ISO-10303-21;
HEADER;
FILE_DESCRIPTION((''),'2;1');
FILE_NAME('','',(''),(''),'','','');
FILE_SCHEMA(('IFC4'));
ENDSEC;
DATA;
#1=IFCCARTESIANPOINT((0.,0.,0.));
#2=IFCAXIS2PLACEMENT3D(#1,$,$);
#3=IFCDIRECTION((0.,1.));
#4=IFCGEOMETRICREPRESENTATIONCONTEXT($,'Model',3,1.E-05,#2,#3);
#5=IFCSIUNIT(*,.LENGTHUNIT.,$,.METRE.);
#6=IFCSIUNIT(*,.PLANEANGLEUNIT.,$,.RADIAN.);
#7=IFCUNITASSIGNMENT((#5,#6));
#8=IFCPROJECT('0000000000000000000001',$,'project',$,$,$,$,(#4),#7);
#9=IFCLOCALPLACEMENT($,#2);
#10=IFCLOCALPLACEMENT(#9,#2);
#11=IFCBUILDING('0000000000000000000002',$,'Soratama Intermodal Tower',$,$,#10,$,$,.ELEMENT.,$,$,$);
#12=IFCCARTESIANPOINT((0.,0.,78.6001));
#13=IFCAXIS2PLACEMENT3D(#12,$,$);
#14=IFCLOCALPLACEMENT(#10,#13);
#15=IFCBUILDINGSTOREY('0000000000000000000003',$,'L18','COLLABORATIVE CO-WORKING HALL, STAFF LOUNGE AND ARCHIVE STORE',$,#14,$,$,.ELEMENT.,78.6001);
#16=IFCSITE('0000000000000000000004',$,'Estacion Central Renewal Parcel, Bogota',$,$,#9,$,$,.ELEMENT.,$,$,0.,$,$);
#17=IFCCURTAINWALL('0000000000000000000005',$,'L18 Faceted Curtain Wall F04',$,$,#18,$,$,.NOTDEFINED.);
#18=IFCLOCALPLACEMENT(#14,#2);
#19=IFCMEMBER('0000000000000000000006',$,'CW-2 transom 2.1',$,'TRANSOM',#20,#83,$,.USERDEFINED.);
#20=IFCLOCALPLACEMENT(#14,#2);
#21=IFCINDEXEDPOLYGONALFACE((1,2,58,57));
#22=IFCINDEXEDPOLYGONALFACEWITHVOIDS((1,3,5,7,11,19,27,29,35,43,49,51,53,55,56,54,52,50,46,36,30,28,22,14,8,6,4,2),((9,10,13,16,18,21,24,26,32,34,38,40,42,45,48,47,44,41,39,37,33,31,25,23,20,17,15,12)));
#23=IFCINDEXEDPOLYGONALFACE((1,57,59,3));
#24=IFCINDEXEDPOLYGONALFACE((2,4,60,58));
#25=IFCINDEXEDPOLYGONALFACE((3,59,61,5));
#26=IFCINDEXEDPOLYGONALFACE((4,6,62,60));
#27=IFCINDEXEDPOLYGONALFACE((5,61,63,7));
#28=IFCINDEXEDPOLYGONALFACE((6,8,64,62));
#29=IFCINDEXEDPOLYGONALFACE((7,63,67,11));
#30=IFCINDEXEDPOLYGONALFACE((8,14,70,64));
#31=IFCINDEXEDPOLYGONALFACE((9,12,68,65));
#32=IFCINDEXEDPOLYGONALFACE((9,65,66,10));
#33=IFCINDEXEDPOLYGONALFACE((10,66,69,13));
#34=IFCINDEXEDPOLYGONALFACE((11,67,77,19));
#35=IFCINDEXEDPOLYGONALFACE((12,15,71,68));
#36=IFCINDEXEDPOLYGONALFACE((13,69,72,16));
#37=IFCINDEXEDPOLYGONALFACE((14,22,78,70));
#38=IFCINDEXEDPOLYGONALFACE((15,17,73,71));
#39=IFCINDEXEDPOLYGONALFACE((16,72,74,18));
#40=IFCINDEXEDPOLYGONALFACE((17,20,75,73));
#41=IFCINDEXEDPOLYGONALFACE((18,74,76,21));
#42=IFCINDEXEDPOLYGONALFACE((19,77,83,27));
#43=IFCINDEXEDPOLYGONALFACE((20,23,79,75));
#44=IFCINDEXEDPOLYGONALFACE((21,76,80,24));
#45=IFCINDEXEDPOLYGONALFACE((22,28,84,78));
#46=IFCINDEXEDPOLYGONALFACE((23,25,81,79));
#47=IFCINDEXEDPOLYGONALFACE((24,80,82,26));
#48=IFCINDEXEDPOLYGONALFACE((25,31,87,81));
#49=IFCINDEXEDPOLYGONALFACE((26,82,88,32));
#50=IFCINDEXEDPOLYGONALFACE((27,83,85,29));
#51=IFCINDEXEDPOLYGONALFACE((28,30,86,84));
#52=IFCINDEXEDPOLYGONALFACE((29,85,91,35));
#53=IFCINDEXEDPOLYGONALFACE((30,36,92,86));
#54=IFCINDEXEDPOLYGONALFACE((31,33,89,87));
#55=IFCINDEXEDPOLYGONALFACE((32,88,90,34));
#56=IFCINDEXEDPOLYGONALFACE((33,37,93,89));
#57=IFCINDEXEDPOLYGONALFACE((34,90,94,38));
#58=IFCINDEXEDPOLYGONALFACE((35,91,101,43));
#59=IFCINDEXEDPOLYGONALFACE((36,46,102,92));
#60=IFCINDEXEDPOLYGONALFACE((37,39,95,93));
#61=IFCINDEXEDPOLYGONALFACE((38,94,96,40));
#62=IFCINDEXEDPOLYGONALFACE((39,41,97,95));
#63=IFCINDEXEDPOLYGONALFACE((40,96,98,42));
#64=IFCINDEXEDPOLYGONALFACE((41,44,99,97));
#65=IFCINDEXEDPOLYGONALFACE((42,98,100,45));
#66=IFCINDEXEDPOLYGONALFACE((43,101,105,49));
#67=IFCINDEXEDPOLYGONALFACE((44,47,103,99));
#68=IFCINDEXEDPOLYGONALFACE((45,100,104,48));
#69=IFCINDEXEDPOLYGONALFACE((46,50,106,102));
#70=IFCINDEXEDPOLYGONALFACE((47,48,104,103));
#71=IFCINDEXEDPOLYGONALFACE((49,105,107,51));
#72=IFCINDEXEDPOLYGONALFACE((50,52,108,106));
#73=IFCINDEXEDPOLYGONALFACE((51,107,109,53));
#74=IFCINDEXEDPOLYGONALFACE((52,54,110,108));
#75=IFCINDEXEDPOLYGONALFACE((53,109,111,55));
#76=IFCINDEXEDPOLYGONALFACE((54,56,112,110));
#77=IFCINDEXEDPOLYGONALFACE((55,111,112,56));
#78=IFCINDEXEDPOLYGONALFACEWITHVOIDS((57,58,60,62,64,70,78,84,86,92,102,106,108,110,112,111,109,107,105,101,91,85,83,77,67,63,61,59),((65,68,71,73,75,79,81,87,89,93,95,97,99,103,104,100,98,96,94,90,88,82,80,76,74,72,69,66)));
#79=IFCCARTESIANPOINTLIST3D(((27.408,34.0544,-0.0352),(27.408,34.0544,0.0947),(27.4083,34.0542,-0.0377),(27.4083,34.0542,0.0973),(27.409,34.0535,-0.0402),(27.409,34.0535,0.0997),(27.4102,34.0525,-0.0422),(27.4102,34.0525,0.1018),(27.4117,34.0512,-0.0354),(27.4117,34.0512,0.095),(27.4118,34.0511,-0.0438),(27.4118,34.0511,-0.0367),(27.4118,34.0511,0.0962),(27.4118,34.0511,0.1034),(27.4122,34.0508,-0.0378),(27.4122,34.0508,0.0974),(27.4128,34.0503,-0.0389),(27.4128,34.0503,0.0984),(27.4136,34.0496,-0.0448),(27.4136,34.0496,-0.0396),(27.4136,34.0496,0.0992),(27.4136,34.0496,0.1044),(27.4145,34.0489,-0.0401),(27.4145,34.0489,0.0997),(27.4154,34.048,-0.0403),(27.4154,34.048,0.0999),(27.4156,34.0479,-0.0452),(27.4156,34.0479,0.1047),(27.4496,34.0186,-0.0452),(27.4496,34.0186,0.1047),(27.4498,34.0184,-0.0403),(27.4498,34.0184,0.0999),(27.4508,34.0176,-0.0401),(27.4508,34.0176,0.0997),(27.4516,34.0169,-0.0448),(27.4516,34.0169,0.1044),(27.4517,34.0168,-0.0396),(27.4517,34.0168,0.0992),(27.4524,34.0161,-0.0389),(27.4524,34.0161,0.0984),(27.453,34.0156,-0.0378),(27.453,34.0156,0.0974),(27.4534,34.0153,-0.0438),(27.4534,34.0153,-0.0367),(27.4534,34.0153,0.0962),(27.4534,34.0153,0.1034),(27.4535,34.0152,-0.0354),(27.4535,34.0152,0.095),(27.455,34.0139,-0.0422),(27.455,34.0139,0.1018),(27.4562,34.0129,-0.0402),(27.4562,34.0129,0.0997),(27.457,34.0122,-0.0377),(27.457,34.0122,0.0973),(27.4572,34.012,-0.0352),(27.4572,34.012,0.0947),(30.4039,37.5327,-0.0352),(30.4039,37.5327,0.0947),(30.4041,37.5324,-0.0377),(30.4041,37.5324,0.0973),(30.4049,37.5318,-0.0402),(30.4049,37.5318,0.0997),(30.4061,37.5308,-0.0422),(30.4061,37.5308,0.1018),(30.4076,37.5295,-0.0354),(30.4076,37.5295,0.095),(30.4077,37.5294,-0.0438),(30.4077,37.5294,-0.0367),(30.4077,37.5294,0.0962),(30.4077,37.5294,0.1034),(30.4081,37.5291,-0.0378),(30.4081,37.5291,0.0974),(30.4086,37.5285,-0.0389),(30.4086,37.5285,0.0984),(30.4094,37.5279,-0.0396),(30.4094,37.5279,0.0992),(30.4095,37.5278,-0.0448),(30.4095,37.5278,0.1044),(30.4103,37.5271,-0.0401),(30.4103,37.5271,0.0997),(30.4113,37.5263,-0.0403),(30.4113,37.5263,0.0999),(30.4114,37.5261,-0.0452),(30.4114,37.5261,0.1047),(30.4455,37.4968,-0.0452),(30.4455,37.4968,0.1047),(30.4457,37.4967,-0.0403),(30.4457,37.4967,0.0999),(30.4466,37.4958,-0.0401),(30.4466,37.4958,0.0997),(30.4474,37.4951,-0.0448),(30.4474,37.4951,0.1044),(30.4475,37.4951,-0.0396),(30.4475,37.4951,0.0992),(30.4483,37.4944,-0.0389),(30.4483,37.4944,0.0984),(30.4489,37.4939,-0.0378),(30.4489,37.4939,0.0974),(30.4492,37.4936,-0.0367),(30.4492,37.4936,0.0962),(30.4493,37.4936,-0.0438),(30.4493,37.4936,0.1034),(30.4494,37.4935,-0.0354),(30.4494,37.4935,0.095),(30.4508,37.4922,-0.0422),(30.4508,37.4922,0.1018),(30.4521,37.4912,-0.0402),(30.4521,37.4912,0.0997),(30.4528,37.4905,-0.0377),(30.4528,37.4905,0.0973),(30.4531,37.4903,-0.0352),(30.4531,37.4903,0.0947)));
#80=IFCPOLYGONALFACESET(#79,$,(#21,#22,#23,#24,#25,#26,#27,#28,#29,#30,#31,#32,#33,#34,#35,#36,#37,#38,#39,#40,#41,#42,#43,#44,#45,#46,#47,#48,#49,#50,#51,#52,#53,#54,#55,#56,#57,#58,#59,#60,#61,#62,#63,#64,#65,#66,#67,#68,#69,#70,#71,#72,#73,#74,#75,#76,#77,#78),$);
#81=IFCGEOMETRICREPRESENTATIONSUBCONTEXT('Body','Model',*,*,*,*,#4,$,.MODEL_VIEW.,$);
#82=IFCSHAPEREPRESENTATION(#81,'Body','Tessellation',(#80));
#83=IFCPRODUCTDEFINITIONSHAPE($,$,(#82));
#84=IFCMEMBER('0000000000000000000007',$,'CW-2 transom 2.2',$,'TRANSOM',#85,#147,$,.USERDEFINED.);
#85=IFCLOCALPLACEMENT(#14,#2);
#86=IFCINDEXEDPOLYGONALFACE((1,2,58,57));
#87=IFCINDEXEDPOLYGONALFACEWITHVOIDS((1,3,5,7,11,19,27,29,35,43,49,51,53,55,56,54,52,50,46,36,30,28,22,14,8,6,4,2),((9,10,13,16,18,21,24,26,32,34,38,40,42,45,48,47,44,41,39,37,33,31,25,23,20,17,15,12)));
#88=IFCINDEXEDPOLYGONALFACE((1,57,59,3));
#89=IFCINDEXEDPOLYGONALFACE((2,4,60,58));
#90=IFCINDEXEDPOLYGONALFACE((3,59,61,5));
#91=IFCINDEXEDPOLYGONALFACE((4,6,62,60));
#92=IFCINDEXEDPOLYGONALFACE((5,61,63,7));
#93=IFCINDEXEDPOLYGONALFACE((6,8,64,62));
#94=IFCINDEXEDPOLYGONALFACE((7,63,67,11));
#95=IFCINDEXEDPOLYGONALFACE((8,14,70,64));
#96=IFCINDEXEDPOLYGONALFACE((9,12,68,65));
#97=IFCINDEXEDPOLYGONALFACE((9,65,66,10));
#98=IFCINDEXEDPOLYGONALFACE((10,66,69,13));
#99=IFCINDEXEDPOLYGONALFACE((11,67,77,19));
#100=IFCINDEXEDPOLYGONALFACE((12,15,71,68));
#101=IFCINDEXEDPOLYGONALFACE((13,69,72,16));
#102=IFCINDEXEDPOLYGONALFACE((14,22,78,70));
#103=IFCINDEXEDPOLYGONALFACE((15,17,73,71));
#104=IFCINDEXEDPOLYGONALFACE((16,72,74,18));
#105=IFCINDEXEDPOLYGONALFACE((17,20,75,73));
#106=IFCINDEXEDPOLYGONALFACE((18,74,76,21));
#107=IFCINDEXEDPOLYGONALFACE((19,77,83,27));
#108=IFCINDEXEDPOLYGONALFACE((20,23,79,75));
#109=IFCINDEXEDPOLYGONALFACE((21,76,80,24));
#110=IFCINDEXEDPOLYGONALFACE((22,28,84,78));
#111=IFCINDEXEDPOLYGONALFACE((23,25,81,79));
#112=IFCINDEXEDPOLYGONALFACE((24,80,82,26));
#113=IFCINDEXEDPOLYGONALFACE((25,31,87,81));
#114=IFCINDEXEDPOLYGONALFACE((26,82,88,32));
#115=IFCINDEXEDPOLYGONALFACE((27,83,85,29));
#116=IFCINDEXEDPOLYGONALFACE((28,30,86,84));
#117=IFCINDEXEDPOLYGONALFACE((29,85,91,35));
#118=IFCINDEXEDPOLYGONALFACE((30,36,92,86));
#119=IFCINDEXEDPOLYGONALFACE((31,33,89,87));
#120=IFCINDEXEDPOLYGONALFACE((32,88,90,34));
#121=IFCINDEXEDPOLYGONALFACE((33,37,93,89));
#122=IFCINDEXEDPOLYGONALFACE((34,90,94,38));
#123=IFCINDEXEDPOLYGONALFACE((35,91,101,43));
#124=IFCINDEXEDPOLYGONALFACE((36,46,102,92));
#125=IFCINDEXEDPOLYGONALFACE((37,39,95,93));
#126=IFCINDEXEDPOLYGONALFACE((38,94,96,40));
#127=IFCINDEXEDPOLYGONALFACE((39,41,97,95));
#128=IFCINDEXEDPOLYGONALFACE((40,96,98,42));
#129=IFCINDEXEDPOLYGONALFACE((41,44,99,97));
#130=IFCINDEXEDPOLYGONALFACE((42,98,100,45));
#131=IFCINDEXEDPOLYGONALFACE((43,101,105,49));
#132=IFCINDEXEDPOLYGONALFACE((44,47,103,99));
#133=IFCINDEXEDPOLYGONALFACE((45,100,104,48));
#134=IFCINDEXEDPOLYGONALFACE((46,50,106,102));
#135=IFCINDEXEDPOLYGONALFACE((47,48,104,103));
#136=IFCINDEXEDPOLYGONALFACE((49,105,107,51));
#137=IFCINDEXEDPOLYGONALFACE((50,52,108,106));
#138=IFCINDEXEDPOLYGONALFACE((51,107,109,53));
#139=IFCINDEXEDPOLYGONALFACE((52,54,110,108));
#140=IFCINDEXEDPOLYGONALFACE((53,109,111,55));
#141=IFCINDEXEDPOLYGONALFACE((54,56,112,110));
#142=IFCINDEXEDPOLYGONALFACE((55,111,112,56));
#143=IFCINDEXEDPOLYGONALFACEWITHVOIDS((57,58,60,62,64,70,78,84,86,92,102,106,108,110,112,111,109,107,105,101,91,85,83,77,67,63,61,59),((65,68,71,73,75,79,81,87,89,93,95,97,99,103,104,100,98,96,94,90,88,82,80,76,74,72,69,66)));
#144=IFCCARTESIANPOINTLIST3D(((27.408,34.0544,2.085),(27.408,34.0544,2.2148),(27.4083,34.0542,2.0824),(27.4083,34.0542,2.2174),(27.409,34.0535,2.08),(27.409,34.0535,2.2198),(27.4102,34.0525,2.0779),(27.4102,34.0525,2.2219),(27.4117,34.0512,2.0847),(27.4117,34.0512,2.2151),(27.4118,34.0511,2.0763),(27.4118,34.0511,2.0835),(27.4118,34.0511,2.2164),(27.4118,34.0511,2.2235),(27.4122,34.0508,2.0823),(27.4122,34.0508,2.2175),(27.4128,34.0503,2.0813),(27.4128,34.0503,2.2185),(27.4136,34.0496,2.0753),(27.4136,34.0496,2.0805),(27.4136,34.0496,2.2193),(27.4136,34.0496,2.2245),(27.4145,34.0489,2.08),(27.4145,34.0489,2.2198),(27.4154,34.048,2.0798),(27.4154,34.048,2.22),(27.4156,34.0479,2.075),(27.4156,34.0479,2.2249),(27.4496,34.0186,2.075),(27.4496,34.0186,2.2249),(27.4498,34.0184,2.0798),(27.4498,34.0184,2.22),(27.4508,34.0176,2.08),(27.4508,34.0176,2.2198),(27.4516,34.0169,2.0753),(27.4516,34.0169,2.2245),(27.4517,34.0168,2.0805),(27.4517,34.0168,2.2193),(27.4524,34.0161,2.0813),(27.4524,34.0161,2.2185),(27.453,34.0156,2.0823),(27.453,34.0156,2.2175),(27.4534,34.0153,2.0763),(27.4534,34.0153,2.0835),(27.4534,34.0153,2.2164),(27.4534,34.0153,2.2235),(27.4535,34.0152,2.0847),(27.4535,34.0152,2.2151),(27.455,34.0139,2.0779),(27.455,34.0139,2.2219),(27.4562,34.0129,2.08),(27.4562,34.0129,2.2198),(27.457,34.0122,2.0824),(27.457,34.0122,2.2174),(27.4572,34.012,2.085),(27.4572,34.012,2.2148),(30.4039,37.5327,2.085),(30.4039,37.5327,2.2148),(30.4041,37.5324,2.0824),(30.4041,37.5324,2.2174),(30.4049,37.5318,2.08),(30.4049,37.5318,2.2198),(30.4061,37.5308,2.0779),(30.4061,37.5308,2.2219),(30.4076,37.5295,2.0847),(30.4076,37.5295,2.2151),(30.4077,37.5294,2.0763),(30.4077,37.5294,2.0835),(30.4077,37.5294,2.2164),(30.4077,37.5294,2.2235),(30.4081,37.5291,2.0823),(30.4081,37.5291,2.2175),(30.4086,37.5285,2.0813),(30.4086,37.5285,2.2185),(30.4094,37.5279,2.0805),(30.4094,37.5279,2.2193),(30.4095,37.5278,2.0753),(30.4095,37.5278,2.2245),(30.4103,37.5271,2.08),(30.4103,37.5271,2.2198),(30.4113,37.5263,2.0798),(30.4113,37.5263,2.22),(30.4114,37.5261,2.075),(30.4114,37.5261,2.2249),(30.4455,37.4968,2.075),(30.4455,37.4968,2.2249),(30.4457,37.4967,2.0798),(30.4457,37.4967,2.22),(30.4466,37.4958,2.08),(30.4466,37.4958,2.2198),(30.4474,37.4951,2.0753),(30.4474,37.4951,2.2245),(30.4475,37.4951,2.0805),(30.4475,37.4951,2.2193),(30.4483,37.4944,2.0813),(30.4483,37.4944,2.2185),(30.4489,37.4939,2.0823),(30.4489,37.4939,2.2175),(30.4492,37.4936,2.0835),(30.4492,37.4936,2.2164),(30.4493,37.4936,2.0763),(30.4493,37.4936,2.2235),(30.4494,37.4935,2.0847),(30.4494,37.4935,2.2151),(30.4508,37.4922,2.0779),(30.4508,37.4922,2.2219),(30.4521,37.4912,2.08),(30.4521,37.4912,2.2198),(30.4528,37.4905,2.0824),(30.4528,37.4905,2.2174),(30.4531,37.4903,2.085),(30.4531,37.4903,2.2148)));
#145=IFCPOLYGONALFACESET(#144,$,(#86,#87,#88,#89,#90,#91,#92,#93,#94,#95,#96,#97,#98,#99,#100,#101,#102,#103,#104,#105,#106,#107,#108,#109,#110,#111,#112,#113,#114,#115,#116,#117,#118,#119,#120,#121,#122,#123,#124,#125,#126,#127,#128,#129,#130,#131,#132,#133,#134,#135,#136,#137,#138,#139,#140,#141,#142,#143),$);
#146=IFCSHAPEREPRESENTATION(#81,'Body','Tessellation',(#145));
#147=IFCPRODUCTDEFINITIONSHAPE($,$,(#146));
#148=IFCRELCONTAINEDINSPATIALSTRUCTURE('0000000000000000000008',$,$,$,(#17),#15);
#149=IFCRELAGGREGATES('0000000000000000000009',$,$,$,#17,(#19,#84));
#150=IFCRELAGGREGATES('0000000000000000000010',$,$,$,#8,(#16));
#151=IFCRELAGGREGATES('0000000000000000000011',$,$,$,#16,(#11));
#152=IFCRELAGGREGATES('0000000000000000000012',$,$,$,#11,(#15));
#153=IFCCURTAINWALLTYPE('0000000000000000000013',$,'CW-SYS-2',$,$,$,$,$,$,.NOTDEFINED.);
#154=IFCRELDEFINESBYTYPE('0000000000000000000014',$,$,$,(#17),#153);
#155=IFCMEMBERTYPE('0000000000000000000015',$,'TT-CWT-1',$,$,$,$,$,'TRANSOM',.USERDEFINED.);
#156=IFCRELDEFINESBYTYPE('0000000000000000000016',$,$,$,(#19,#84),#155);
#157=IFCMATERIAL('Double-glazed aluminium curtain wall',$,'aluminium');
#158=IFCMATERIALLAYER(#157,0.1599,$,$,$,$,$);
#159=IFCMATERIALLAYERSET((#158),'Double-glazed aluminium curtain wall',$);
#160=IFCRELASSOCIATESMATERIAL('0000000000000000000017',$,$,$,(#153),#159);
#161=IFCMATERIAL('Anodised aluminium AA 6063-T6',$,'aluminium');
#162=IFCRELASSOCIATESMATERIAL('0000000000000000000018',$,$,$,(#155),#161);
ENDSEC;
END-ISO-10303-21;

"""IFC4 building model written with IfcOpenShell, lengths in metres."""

from ifc_helpers import new_model, si_unit, direction, frame, origin, origin_2d, place, context, subcontext, project, spatial, hollow_rectangle, extrude, material, layer, layer_set, material_profile, profile_set, type_object, element, aggregate, save


model = new_model("IFC4")

# Units and contexts
model_context = context("Model", 3, precision=1e-05, world=origin(), true_north=direction((0.0, 1.0)))
body_context = subcontext(model_context, "Body", "Model", "MODEL_VIEW")
ifc_project = project(units=[si_unit("LENGTHUNIT", "METRE"), si_unit("PLANEANGLEUNIT", "RADIAN")], contexts=[model_context])

# Site, building, storey
site_placement = place(None, origin())
site = spatial("IfcSite", under=ifc_project, at=site_placement, Name="Estacion Central Renewal Parcel, Bogota", CompositionType="ELEMENT", RefElevation=0.0)
building_placement = place(site_placement, origin())
building = spatial("IfcBuilding", under=site, at=building_placement, Name="Soratama Intermodal Tower", CompositionType="ELEMENT")
storey_placement = place(building_placement, frame((0.0, 0.0, 78.6001)))
storey = spatial("IfcBuildingStorey", under=building, at=storey_placement, Name="L18", Description="COLLABORATIVE CO-WORKING HALL, STAFF LOUNGE AND ARCHIVE STORE", CompositionType="ELEMENT", Elevation=78.6001)

# Curtain wall, members
ifc_material_1 = material(Name="Double-glazed aluminium curtain wall", Category="aluminium")
ifc_layer_1 = layer(ifc_material_1, 0.1599)
ifc_layer_set_1 = layer_set([ifc_layer_1], Name="Double-glazed aluminium curtain wall")
curtain_wall_type = type_object("IfcCurtainWallType", Name="CW-SYS-2", PredefinedType="NOTDEFINED", material=ifc_layer_set_1)
curtain_wall_placement = place(storey_placement, origin())
curtain_wall = element("IfcCurtainWall", 1, at=curtain_wall_placement, inside=storey, type_object=curtain_wall_type, Name="L18 Faceted Curtain Wall F04", PredefinedType="NOTDEFINED")
ifc_material_2 = material(Name="Anodised aluminium AA 6063-T6", Category="aluminium")
ifc_material_profile_1 = material_profile(ifc_material_2, hollow_rectangle(XDim=0.0649, YDim=0.1499, WallThickness=0.0049, InnerFilletRadius=0.0049, OuterFilletRadius=0.01, at=origin_2d()), Name="CWT150X65X5")
ifc_profile_set_1 = profile_set([ifc_material_profile_1], Name="Anodised aluminium AA 6063-T6")
member_type_1 = type_object("IfcMemberType", Name="TT-CWT-1", ElementType="TRANSOM", PredefinedType="USERDEFINED", material=ifc_profile_set_1)
member_1_placement = place(storey_placement, frame((30.4285, 37.5115, 0.0298), z_axis=(-0.652607, -0.757696, 0.0), x_axis=(0.757696, -0.652607, 0.0)))
member_1 = element("IfcMember", 2, at=member_1_placement, type_object=member_type_1, Name="CW-2 transom 2.1", ObjectType="TRANSOM", PredefinedType="USERDEFINED", context=body_context, shape_type="SweptSolid", body=[
    extrude(hollow_rectangle(XDim=0.0649, YDim=0.1499, WallThickness=0.0049, InnerFilletRadius=0.0049, OuterFilletRadius=0.01, at=origin_2d()), origin(), (0.0, 0.0, 1.0), 4.5906),
])
member_2_placement = place(storey_placement, frame((30.4285, 37.5115, 2.1499), z_axis=(-0.652607, -0.757696, 0.0), x_axis=(0.757696, -0.652607, 0.0)))
member_2 = element("IfcMember", 3, at=member_2_placement, type_object=member_type_1, Name="CW-2 transom 2.2", ObjectType="TRANSOM", PredefinedType="USERDEFINED", context=body_context, shape_type="SweptSolid", body=[
    extrude(hollow_rectangle(XDim=0.0649, YDim=0.1499, WallThickness=0.0049, InnerFilletRadius=0.0049, OuterFilletRadius=0.01, at=origin_2d()), origin(), (0.0, 0.0, 1.0), 4.5906),
])
aggregate(curtain_wall, [member_1, member_2])

save(model, "model.ifc")
